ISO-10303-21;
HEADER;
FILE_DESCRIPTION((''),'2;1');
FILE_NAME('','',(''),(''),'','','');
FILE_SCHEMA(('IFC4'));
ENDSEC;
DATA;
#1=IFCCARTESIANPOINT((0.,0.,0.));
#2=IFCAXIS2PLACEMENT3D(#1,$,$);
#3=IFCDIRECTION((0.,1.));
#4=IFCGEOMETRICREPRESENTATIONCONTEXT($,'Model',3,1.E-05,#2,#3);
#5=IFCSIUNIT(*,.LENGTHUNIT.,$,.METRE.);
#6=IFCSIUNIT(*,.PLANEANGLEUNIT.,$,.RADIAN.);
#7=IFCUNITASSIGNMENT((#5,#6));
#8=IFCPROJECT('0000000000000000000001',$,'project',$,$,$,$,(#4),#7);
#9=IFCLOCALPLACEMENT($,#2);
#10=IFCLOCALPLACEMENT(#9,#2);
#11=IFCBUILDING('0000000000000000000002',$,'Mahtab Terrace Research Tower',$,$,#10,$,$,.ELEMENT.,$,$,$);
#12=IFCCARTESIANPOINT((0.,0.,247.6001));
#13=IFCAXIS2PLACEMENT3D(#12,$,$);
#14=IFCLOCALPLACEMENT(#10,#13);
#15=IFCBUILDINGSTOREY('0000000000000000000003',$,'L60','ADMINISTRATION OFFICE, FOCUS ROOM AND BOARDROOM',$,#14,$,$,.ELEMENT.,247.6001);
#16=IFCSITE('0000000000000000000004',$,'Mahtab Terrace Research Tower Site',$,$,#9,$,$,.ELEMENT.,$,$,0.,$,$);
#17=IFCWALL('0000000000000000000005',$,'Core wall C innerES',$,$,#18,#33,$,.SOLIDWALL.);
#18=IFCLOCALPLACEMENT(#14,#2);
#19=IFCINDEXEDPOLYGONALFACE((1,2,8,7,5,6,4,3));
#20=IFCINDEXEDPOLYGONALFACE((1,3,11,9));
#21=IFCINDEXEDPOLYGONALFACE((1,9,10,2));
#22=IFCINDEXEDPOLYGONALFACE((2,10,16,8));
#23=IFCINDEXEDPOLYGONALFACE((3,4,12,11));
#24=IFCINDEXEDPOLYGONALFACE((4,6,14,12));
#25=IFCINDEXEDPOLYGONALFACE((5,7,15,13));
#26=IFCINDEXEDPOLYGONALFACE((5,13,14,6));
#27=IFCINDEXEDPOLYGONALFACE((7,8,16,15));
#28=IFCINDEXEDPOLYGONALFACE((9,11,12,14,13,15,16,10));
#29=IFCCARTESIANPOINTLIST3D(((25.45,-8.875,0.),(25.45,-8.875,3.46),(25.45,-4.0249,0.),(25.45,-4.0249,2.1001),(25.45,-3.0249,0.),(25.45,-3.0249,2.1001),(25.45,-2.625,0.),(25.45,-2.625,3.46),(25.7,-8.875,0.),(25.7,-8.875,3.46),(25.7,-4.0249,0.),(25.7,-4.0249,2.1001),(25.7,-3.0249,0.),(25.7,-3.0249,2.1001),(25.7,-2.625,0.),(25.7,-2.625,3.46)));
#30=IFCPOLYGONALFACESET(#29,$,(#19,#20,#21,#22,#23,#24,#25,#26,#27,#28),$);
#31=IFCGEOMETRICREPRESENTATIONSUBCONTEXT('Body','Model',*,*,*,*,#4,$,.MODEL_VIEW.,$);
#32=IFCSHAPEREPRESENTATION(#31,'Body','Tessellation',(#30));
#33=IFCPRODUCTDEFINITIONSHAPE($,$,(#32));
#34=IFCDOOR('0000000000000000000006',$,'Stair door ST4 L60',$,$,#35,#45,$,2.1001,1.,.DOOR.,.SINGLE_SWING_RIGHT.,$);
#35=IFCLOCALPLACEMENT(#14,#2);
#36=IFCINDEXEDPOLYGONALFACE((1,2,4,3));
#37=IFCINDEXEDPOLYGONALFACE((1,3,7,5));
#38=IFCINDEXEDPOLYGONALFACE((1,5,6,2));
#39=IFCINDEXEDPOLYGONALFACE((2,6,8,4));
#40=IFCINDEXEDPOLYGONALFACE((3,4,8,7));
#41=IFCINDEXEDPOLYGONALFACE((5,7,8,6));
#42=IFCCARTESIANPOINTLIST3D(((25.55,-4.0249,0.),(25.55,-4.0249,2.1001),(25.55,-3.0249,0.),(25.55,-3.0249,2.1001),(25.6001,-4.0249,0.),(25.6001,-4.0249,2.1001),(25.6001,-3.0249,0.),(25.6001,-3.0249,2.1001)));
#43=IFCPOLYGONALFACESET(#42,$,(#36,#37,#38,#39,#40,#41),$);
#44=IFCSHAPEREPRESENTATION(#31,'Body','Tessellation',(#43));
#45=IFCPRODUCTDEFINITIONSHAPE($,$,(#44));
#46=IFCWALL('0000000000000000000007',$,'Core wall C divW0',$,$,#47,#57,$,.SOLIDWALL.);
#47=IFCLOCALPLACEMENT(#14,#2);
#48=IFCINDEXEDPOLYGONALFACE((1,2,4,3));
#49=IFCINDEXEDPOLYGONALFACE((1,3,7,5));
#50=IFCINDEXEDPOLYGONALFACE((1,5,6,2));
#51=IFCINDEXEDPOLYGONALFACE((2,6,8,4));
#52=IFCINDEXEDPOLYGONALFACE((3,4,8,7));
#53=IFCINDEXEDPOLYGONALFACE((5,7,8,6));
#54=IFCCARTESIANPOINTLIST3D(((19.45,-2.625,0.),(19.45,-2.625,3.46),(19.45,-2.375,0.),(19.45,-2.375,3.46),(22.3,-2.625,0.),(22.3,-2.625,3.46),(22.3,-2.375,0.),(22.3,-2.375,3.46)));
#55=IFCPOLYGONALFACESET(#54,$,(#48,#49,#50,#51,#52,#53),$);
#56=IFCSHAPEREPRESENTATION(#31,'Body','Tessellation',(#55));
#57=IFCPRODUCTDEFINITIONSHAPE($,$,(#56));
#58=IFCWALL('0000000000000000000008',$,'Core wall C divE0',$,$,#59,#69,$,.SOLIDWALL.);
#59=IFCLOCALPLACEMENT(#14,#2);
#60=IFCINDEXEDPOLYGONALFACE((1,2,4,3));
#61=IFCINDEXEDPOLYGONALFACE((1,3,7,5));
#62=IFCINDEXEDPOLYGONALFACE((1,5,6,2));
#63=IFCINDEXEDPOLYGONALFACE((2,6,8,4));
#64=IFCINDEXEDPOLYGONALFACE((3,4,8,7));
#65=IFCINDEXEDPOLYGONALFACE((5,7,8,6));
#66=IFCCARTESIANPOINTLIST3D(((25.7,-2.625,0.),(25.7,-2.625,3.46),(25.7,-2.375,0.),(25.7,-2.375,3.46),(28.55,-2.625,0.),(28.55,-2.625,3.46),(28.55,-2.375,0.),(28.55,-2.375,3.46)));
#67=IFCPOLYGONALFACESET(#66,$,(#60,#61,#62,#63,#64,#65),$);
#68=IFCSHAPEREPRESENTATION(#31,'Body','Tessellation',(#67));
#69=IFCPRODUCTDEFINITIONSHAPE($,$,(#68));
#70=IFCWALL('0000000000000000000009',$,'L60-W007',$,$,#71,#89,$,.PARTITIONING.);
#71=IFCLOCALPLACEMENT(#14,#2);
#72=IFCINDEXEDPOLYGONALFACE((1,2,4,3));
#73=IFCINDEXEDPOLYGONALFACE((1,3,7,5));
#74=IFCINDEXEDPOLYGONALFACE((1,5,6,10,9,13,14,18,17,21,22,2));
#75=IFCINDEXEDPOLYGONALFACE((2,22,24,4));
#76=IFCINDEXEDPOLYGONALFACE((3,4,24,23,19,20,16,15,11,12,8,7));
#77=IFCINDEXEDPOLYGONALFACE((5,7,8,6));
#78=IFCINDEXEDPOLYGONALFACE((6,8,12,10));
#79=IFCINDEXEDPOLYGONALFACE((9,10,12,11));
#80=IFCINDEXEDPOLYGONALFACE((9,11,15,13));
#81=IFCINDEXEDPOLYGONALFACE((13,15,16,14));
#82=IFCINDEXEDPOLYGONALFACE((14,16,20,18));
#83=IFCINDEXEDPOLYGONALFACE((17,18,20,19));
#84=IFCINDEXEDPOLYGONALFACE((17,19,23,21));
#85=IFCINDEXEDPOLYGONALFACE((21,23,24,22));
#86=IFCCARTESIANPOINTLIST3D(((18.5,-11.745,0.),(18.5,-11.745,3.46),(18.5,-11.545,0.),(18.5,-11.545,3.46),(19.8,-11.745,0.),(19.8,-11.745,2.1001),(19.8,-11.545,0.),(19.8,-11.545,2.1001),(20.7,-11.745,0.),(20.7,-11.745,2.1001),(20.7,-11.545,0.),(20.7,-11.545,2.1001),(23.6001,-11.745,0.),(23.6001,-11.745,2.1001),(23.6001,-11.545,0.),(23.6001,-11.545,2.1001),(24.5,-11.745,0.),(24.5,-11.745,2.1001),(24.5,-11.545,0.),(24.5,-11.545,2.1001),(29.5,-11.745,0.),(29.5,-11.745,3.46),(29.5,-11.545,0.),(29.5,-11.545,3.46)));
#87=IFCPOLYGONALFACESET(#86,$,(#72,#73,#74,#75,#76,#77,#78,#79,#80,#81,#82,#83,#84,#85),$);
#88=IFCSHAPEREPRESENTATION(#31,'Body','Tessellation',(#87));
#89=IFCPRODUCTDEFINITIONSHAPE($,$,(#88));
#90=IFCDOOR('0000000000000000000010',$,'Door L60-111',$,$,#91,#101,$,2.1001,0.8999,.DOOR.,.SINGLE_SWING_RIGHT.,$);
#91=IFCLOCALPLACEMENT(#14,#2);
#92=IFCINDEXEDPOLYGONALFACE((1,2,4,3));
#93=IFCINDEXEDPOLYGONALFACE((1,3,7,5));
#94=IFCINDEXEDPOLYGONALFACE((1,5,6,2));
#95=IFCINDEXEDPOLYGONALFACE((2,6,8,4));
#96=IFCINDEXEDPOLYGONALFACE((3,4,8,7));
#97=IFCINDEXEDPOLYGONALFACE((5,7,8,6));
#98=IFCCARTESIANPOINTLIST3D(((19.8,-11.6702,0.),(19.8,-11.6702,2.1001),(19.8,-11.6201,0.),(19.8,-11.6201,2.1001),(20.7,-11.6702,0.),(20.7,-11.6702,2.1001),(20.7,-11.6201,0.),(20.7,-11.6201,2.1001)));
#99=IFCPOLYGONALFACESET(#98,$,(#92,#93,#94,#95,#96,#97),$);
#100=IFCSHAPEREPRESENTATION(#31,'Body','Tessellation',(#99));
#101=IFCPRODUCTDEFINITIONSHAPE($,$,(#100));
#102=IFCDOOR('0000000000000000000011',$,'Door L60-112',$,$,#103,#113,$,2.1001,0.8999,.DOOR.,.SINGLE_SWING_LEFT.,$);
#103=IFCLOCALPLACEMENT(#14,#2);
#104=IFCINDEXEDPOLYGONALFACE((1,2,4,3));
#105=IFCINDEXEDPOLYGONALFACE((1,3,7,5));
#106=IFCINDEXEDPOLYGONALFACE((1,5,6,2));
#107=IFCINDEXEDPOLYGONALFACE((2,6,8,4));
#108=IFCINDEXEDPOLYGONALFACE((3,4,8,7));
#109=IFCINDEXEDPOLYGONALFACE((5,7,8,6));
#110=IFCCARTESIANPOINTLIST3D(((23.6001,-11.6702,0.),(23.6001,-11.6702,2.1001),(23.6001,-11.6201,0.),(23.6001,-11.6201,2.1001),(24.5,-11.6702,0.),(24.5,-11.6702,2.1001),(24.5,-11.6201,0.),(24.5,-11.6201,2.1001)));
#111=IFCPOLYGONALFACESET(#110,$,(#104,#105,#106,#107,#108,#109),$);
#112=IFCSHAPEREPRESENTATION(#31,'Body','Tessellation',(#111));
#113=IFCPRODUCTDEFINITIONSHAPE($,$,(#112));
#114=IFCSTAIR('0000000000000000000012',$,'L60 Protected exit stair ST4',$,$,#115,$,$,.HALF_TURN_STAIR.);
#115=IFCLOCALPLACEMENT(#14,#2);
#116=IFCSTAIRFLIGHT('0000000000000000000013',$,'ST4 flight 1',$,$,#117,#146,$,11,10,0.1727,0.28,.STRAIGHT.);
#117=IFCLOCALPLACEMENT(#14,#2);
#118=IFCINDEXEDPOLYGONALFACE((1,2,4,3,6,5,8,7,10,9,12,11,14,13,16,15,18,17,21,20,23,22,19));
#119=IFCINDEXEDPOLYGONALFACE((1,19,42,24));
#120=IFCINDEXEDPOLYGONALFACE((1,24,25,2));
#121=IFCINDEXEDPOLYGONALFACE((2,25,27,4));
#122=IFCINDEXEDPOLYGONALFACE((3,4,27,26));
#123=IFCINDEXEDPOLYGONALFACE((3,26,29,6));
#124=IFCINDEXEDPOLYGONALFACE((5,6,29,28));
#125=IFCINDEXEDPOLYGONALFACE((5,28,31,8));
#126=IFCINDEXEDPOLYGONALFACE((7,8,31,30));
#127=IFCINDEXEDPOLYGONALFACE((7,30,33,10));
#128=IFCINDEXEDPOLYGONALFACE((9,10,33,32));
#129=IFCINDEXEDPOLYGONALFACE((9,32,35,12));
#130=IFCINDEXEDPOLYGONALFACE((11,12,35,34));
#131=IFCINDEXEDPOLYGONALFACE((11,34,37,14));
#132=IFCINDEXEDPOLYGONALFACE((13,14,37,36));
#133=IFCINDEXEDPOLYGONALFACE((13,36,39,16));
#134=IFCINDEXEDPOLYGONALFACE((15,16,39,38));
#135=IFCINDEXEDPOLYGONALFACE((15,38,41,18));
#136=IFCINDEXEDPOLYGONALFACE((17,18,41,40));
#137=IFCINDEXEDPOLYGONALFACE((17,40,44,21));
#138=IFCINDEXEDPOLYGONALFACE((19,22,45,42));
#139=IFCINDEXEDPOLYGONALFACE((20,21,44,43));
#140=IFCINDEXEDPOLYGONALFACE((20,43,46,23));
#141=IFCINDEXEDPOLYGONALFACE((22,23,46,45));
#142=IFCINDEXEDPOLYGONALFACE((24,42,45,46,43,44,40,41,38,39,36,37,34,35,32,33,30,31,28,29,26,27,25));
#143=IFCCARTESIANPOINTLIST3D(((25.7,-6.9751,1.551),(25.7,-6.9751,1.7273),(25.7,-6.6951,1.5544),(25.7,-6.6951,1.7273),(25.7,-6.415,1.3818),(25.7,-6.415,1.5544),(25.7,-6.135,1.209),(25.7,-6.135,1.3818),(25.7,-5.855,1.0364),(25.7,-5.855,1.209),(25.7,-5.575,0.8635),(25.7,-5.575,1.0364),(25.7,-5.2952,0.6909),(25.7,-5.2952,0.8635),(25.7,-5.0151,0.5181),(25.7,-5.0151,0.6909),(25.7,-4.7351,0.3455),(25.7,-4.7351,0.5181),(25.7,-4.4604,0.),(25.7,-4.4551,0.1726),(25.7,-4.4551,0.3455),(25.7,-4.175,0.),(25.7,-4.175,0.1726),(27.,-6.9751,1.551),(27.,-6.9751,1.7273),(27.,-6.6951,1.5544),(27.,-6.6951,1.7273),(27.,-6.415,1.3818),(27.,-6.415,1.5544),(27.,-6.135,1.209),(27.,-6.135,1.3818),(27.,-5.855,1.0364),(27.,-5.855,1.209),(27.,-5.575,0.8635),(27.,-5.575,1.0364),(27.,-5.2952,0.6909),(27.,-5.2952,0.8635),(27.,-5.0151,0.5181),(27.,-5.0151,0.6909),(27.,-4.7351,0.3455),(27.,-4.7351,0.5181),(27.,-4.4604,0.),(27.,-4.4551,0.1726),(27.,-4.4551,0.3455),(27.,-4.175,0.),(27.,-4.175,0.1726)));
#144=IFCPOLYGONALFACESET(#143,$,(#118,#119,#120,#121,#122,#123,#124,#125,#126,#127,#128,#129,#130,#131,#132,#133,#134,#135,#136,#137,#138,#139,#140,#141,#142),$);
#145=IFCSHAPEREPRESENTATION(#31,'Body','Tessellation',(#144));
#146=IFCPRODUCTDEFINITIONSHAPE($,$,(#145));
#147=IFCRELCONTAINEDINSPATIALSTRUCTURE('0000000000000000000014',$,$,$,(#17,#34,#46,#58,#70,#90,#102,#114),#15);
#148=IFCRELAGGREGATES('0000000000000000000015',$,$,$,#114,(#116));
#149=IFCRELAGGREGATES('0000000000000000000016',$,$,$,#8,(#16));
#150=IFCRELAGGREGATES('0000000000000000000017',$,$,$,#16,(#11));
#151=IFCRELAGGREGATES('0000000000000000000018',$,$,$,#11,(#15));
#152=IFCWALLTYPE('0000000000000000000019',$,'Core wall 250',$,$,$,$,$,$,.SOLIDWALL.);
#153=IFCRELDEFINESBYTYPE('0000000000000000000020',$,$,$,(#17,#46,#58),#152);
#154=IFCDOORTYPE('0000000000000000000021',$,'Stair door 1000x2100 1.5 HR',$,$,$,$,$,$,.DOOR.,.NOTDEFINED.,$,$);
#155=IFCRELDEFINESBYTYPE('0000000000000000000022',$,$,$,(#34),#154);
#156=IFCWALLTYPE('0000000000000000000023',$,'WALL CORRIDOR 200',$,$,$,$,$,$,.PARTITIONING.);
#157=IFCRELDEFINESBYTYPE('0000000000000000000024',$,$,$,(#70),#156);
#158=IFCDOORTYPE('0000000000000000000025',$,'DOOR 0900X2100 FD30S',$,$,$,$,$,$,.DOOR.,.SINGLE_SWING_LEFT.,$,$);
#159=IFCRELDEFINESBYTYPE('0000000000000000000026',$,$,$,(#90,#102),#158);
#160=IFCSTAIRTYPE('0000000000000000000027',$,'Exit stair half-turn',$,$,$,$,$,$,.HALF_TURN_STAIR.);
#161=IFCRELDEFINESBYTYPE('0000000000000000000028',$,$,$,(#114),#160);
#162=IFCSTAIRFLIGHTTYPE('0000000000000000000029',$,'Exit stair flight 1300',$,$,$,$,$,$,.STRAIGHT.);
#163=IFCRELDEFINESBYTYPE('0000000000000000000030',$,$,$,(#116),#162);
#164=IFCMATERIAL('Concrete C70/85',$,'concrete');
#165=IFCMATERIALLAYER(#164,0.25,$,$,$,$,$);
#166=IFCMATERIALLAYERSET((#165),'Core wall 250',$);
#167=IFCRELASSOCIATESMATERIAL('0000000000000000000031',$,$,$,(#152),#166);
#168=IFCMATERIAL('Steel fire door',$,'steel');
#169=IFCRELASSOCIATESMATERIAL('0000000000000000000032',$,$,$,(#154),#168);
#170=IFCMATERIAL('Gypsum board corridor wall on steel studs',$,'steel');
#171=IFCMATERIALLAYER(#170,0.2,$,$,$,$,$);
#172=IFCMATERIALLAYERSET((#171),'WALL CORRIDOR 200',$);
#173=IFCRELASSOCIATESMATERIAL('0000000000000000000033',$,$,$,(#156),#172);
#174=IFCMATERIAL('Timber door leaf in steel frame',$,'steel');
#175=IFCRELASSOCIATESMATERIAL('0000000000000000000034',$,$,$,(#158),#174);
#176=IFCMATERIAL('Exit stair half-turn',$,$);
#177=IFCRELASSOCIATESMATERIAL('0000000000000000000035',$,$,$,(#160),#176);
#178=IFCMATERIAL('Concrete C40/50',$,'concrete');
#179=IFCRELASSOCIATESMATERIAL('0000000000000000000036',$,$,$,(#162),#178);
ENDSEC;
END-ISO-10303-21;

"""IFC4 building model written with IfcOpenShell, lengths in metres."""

from ifc_helpers import new_model, si_unit, direction, frame, frame_2d, origin, place, context, subcontext, project, spatial, polyline, rectangle, outline, extrude, material, layer, layer_set, type_object, element, fill, aggregate, save


model = new_model("IFC4")

# Units and contexts
model_context = context("Model", 3, precision=1e-05, world=origin(), true_north=direction((0.0, 1.0)))
body_context = subcontext(model_context, "Body", "Model", "MODEL_VIEW")
ifc_project = project(units=[si_unit("LENGTHUNIT", "METRE"), si_unit("PLANEANGLEUNIT", "RADIAN")], contexts=[model_context])

# Site, building, storey
site_placement = place(None, origin())
site = spatial("IfcSite", under=ifc_project, at=site_placement, Name="Mahtab Terrace Research Tower Site", CompositionType="ELEMENT", RefElevation=0.0)
building_placement = place(site_placement, origin())
building = spatial("IfcBuilding", under=site, at=building_placement, Name="Mahtab Terrace Research Tower", CompositionType="ELEMENT")
storey_placement = place(building_placement, frame((0.0, 0.0, 247.6001)))
storey = spatial("IfcBuildingStorey", under=building, at=storey_placement, Name="L60", Description="ADMINISTRATION OFFICE, FOCUS ROOM AND BOARDROOM", CompositionType="ELEMENT", Elevation=247.6001)

# Shared definitions
ifc_material_1 = material(Name="Concrete C70/85", Category="concrete")

# Shared definitions
ifc_layer_1 = layer(ifc_material_1, 0.25)
ifc_layer_set_1 = layer_set([ifc_layer_1], Name="Core wall 250")
wall_type_1 = type_object("IfcWallType", Name="Core wall 250", PredefinedType="SOLIDWALL", material=ifc_layer_set_1)
ifc_material_2 = material(Name="Steel fire door", Category="steel")

# Wall, opening, door
wall_1_placement = place(storey_placement, frame((25.575, -8.875, 0.0), z_axis=(0.0, 0.0, 1.0), x_axis=(0.0, 1.0, 0.0)))
wall_1 = element("IfcWall", 1, at=wall_1_placement, inside=storey, type_object=wall_type_1, Name="Core wall C innerES", PredefinedType="SOLIDWALL", context=body_context, shape_type="SweptSolid", body=[
    extrude(rectangle(XDim=6.25, YDim=0.25, at=frame_2d((3.125, 0.0))), origin(), (0.0, 0.0, 1.0), 3.46),
])
opening_1_placement = place(wall_1_placement, frame((4.8501, 0.0, 0.0)))
opening_1 = element("IfcOpeningElement", 2, at=opening_1_placement, cuts=wall_1, PredefinedType="OPENING", context=body_context, shape_type="SweptSolid", body=[
    extrude(rectangle(XDim=1.0, YDim=2.1001, at=frame_2d((0.5, 1.05))), frame((0.0, 0.135, 0.0), z_axis=(0.0, -1.0, 0.0), x_axis=(1.0, 0.0, 0.0)), (0.0, 0.0, 1.0), 0.27),
])
door_type_1 = type_object("IfcDoorType", Name="Stair door 1000x2100 1.5 HR", OperationType="NOTDEFINED", PredefinedType="DOOR", material=ifc_material_2)
door_1_placement = place(opening_1_placement, origin())
door_1 = element("IfcDoor", 3, at=door_1_placement, inside=storey, type_object=door_type_1, Name="Stair door ST4 L60", OperationType="SINGLE_SWING_RIGHT", OverallHeight=2.1001, OverallWidth=1.0, PredefinedType="DOOR", context=body_context, shape_type="SweptSolid", body=[
    extrude(rectangle(XDim=1.0, YDim=2.1001, at=frame_2d((0.5, 1.05))), frame((0.0, 0.0249, 0.0), z_axis=(0.0, -1.0, 0.0), x_axis=(1.0, 0.0, 0.0)), (0.0, 0.0, 1.0), 0.05),
])
fill(opening_1, door_1)

# Walls
for number, where, z_axis, x_axis, name in (
    (4, (19.45, -2.5, 0.0), (0.0, 0.0, 1.0), (1.0, 0.0, 0.0), "Core wall C divW0"),
    (5, (25.7, -2.5, 0.0), (0.0, 0.0, 1.0), (1.0, 0.0, 0.0), "Core wall C divE0"),
):
    element("IfcWall", number, at=place(storey_placement, frame(where, z_axis=z_axis, x_axis=x_axis)), inside=storey, type_object=wall_type_1, Name=name, PredefinedType="SOLIDWALL", context=body_context, shape_type="SweptSolid", body=[
        extrude(rectangle(XDim=2.8501, YDim=0.25, at=frame_2d((1.425, 0.0))), origin(), (0.0, 0.0, 1.0), 3.46),
    ])

# Wall, openings, doors
ifc_material_3 = material(Name="Gypsum board corridor wall on steel studs", Category="steel")
ifc_layer_2 = layer(ifc_material_3, 0.2)
ifc_layer_set_2 = layer_set([ifc_layer_2], Name="WALL CORRIDOR 200")
wall_type_2 = type_object("IfcWallType", Name="WALL CORRIDOR 200", PredefinedType="PARTITIONING", material=ifc_layer_set_2)
wall_2_placement = place(storey_placement, frame((18.5, -11.645, 0.0), z_axis=(0.0, 0.0, 1.0), x_axis=(1.0, 0.0, 0.0)))
wall_2 = element("IfcWall", 6, at=wall_2_placement, inside=storey, type_object=wall_type_2, Name="L60-W007", PredefinedType="PARTITIONING", context=body_context, shape_type="SweptSolid", body=[
    extrude(rectangle(XDim=11.0, YDim=0.2, at=frame_2d((5.5, 0.0))), origin(), (0.0, 0.0, 1.0), 3.46),
])
opening_2_placement = place(wall_2_placement, frame((1.3, 0.0, 0.0)))
opening_2 = element("IfcOpeningElement", 7, at=opening_2_placement, cuts=wall_2, PredefinedType="OPENING", context=body_context, shape_type="SweptSolid", body=[
    extrude(rectangle(XDim=0.8999, YDim=2.1001, at=frame_2d((0.45, 1.05))), frame((0.0, 0.1099, 0.0), z_axis=(0.0, -1.0, 0.0), x_axis=(1.0, 0.0, 0.0)), (0.0, 0.0, 1.0), 0.22),
])
opening_3_placement = place(wall_2_placement, frame((5.1001, 0.0, 0.0)))
opening_3 = element("IfcOpeningElement", 8, at=opening_3_placement, cuts=wall_2, PredefinedType="OPENING", context=body_context, shape_type="SweptSolid", body=[
    extrude(rectangle(XDim=0.8999, YDim=2.1001, at=frame_2d((0.45, 1.05))), frame((0.0, 0.1099, 0.0), z_axis=(0.0, -1.0, 0.0), x_axis=(1.0, 0.0, 0.0)), (0.0, 0.0, 1.0), 0.22),
])
ifc_material_4 = material(Name="Timber door leaf in steel frame", Category="steel")
door_type_2 = type_object("IfcDoorType", Name="DOOR 0900X2100 FD30S", OperationType="SINGLE_SWING_LEFT", PredefinedType="DOOR", material=ifc_material_4)
door_2_placement = place(opening_2_placement, origin())
door_2 = element("IfcDoor", 9, at=door_2_placement, inside=storey, type_object=door_type_2, Name="Door L60-111", OperationType="SINGLE_SWING_RIGHT", OverallHeight=2.1001, OverallWidth=0.8999, PredefinedType="DOOR", context=body_context, shape_type="SweptSolid", body=[
    extrude(rectangle(XDim=0.8999, YDim=2.1001, at=frame_2d((0.45, 1.05))), frame((0.0, 0.0249, 0.0), z_axis=(0.0, -1.0, 0.0), x_axis=(1.0, 0.0, 0.0)), (0.0, 0.0, 1.0), 0.05),
])
fill(opening_2, door_2)
door_3_placement = place(opening_3_placement, origin())
door_3 = element("IfcDoor", 10, at=door_3_placement, inside=storey, type_object=door_type_2, Name="Door L60-112", OperationType="SINGLE_SWING_LEFT", OverallHeight=2.1001, OverallWidth=0.8999, PredefinedType="DOOR", context=body_context, shape_type="SweptSolid", body=[
    extrude(rectangle(XDim=0.8999, YDim=2.1001, at=frame_2d((0.45, 1.05))), frame((0.0, 0.0249, 0.0), z_axis=(0.0, -1.0, 0.0), x_axis=(1.0, 0.0, 0.0)), (0.0, 0.0, 1.0), 0.05),
])
fill(opening_3, door_3)

# Stair, stair flight
ifc_material_5 = material(Name="Exit stair half-turn")
stair_type = type_object("IfcStairType", Name="Exit stair half-turn", PredefinedType="HALF_TURN_STAIR", material=ifc_material_5)
stair_placement = place(storey_placement, origin())
stair = element("IfcStair", 11, at=stair_placement, inside=storey, type_object=stair_type, Name="L60 Protected exit stair ST4", PredefinedType="HALF_TURN_STAIR")
ifc_material_6 = material(Name="Concrete C40/50", Category="concrete")
stair_flight_type = type_object("IfcStairFlightType", Name="Exit stair flight 1300", PredefinedType="STRAIGHT", material=ifc_material_6)
stair_flight_placement = place(storey_placement, frame((26.3501, -4.175, 0.0), z_axis=(0.0, 0.0, 1.0), x_axis=(0.0, -1.0, 0.0)))
stair_flight = element("IfcStairFlight", 12, at=stair_flight_placement, type_object=stair_flight_type, Name="ST4 flight 1", NumberOfRisers=11, NumberOfTreads=10, PredefinedType="STRAIGHT", RiserHeight=0.1727, TreadLength=0.28, context=body_context, shape_type="SweptSolid", body=[
    extrude(outline(polyline([(0.0, 0.0), (0.0, 0.1726), (0.28, 0.1726), (0.28, 0.3455), (0.5601, 0.3455), (0.5601, 0.5181), (0.8401, 0.5181), (0.8401, 0.6909), (1.1201, 0.6909), (1.1201, 0.8635), (1.3999, 0.8635), (1.3999, 1.0364), (1.6799, 1.0364), (1.6799, 1.209), (1.96, 1.209), (1.96, 1.3818), (2.24, 1.3818), (2.24, 1.5544), (2.52, 1.5544), (2.52, 1.7273), (2.8, 1.7273), (2.8, 1.8999), (2.8, 1.551), (0.2854, 0.0), (0.0, 0.0)])), frame((0.0, 0.6499, 0.0), z_axis=(0.0, -1.0, 0.0), x_axis=(1.0, 0.0, 0.0)), (0.0, 0.0, 1.0), 1.3),
])
aggregate(stair, [stair_flight])

save(model, "model.ifc")
